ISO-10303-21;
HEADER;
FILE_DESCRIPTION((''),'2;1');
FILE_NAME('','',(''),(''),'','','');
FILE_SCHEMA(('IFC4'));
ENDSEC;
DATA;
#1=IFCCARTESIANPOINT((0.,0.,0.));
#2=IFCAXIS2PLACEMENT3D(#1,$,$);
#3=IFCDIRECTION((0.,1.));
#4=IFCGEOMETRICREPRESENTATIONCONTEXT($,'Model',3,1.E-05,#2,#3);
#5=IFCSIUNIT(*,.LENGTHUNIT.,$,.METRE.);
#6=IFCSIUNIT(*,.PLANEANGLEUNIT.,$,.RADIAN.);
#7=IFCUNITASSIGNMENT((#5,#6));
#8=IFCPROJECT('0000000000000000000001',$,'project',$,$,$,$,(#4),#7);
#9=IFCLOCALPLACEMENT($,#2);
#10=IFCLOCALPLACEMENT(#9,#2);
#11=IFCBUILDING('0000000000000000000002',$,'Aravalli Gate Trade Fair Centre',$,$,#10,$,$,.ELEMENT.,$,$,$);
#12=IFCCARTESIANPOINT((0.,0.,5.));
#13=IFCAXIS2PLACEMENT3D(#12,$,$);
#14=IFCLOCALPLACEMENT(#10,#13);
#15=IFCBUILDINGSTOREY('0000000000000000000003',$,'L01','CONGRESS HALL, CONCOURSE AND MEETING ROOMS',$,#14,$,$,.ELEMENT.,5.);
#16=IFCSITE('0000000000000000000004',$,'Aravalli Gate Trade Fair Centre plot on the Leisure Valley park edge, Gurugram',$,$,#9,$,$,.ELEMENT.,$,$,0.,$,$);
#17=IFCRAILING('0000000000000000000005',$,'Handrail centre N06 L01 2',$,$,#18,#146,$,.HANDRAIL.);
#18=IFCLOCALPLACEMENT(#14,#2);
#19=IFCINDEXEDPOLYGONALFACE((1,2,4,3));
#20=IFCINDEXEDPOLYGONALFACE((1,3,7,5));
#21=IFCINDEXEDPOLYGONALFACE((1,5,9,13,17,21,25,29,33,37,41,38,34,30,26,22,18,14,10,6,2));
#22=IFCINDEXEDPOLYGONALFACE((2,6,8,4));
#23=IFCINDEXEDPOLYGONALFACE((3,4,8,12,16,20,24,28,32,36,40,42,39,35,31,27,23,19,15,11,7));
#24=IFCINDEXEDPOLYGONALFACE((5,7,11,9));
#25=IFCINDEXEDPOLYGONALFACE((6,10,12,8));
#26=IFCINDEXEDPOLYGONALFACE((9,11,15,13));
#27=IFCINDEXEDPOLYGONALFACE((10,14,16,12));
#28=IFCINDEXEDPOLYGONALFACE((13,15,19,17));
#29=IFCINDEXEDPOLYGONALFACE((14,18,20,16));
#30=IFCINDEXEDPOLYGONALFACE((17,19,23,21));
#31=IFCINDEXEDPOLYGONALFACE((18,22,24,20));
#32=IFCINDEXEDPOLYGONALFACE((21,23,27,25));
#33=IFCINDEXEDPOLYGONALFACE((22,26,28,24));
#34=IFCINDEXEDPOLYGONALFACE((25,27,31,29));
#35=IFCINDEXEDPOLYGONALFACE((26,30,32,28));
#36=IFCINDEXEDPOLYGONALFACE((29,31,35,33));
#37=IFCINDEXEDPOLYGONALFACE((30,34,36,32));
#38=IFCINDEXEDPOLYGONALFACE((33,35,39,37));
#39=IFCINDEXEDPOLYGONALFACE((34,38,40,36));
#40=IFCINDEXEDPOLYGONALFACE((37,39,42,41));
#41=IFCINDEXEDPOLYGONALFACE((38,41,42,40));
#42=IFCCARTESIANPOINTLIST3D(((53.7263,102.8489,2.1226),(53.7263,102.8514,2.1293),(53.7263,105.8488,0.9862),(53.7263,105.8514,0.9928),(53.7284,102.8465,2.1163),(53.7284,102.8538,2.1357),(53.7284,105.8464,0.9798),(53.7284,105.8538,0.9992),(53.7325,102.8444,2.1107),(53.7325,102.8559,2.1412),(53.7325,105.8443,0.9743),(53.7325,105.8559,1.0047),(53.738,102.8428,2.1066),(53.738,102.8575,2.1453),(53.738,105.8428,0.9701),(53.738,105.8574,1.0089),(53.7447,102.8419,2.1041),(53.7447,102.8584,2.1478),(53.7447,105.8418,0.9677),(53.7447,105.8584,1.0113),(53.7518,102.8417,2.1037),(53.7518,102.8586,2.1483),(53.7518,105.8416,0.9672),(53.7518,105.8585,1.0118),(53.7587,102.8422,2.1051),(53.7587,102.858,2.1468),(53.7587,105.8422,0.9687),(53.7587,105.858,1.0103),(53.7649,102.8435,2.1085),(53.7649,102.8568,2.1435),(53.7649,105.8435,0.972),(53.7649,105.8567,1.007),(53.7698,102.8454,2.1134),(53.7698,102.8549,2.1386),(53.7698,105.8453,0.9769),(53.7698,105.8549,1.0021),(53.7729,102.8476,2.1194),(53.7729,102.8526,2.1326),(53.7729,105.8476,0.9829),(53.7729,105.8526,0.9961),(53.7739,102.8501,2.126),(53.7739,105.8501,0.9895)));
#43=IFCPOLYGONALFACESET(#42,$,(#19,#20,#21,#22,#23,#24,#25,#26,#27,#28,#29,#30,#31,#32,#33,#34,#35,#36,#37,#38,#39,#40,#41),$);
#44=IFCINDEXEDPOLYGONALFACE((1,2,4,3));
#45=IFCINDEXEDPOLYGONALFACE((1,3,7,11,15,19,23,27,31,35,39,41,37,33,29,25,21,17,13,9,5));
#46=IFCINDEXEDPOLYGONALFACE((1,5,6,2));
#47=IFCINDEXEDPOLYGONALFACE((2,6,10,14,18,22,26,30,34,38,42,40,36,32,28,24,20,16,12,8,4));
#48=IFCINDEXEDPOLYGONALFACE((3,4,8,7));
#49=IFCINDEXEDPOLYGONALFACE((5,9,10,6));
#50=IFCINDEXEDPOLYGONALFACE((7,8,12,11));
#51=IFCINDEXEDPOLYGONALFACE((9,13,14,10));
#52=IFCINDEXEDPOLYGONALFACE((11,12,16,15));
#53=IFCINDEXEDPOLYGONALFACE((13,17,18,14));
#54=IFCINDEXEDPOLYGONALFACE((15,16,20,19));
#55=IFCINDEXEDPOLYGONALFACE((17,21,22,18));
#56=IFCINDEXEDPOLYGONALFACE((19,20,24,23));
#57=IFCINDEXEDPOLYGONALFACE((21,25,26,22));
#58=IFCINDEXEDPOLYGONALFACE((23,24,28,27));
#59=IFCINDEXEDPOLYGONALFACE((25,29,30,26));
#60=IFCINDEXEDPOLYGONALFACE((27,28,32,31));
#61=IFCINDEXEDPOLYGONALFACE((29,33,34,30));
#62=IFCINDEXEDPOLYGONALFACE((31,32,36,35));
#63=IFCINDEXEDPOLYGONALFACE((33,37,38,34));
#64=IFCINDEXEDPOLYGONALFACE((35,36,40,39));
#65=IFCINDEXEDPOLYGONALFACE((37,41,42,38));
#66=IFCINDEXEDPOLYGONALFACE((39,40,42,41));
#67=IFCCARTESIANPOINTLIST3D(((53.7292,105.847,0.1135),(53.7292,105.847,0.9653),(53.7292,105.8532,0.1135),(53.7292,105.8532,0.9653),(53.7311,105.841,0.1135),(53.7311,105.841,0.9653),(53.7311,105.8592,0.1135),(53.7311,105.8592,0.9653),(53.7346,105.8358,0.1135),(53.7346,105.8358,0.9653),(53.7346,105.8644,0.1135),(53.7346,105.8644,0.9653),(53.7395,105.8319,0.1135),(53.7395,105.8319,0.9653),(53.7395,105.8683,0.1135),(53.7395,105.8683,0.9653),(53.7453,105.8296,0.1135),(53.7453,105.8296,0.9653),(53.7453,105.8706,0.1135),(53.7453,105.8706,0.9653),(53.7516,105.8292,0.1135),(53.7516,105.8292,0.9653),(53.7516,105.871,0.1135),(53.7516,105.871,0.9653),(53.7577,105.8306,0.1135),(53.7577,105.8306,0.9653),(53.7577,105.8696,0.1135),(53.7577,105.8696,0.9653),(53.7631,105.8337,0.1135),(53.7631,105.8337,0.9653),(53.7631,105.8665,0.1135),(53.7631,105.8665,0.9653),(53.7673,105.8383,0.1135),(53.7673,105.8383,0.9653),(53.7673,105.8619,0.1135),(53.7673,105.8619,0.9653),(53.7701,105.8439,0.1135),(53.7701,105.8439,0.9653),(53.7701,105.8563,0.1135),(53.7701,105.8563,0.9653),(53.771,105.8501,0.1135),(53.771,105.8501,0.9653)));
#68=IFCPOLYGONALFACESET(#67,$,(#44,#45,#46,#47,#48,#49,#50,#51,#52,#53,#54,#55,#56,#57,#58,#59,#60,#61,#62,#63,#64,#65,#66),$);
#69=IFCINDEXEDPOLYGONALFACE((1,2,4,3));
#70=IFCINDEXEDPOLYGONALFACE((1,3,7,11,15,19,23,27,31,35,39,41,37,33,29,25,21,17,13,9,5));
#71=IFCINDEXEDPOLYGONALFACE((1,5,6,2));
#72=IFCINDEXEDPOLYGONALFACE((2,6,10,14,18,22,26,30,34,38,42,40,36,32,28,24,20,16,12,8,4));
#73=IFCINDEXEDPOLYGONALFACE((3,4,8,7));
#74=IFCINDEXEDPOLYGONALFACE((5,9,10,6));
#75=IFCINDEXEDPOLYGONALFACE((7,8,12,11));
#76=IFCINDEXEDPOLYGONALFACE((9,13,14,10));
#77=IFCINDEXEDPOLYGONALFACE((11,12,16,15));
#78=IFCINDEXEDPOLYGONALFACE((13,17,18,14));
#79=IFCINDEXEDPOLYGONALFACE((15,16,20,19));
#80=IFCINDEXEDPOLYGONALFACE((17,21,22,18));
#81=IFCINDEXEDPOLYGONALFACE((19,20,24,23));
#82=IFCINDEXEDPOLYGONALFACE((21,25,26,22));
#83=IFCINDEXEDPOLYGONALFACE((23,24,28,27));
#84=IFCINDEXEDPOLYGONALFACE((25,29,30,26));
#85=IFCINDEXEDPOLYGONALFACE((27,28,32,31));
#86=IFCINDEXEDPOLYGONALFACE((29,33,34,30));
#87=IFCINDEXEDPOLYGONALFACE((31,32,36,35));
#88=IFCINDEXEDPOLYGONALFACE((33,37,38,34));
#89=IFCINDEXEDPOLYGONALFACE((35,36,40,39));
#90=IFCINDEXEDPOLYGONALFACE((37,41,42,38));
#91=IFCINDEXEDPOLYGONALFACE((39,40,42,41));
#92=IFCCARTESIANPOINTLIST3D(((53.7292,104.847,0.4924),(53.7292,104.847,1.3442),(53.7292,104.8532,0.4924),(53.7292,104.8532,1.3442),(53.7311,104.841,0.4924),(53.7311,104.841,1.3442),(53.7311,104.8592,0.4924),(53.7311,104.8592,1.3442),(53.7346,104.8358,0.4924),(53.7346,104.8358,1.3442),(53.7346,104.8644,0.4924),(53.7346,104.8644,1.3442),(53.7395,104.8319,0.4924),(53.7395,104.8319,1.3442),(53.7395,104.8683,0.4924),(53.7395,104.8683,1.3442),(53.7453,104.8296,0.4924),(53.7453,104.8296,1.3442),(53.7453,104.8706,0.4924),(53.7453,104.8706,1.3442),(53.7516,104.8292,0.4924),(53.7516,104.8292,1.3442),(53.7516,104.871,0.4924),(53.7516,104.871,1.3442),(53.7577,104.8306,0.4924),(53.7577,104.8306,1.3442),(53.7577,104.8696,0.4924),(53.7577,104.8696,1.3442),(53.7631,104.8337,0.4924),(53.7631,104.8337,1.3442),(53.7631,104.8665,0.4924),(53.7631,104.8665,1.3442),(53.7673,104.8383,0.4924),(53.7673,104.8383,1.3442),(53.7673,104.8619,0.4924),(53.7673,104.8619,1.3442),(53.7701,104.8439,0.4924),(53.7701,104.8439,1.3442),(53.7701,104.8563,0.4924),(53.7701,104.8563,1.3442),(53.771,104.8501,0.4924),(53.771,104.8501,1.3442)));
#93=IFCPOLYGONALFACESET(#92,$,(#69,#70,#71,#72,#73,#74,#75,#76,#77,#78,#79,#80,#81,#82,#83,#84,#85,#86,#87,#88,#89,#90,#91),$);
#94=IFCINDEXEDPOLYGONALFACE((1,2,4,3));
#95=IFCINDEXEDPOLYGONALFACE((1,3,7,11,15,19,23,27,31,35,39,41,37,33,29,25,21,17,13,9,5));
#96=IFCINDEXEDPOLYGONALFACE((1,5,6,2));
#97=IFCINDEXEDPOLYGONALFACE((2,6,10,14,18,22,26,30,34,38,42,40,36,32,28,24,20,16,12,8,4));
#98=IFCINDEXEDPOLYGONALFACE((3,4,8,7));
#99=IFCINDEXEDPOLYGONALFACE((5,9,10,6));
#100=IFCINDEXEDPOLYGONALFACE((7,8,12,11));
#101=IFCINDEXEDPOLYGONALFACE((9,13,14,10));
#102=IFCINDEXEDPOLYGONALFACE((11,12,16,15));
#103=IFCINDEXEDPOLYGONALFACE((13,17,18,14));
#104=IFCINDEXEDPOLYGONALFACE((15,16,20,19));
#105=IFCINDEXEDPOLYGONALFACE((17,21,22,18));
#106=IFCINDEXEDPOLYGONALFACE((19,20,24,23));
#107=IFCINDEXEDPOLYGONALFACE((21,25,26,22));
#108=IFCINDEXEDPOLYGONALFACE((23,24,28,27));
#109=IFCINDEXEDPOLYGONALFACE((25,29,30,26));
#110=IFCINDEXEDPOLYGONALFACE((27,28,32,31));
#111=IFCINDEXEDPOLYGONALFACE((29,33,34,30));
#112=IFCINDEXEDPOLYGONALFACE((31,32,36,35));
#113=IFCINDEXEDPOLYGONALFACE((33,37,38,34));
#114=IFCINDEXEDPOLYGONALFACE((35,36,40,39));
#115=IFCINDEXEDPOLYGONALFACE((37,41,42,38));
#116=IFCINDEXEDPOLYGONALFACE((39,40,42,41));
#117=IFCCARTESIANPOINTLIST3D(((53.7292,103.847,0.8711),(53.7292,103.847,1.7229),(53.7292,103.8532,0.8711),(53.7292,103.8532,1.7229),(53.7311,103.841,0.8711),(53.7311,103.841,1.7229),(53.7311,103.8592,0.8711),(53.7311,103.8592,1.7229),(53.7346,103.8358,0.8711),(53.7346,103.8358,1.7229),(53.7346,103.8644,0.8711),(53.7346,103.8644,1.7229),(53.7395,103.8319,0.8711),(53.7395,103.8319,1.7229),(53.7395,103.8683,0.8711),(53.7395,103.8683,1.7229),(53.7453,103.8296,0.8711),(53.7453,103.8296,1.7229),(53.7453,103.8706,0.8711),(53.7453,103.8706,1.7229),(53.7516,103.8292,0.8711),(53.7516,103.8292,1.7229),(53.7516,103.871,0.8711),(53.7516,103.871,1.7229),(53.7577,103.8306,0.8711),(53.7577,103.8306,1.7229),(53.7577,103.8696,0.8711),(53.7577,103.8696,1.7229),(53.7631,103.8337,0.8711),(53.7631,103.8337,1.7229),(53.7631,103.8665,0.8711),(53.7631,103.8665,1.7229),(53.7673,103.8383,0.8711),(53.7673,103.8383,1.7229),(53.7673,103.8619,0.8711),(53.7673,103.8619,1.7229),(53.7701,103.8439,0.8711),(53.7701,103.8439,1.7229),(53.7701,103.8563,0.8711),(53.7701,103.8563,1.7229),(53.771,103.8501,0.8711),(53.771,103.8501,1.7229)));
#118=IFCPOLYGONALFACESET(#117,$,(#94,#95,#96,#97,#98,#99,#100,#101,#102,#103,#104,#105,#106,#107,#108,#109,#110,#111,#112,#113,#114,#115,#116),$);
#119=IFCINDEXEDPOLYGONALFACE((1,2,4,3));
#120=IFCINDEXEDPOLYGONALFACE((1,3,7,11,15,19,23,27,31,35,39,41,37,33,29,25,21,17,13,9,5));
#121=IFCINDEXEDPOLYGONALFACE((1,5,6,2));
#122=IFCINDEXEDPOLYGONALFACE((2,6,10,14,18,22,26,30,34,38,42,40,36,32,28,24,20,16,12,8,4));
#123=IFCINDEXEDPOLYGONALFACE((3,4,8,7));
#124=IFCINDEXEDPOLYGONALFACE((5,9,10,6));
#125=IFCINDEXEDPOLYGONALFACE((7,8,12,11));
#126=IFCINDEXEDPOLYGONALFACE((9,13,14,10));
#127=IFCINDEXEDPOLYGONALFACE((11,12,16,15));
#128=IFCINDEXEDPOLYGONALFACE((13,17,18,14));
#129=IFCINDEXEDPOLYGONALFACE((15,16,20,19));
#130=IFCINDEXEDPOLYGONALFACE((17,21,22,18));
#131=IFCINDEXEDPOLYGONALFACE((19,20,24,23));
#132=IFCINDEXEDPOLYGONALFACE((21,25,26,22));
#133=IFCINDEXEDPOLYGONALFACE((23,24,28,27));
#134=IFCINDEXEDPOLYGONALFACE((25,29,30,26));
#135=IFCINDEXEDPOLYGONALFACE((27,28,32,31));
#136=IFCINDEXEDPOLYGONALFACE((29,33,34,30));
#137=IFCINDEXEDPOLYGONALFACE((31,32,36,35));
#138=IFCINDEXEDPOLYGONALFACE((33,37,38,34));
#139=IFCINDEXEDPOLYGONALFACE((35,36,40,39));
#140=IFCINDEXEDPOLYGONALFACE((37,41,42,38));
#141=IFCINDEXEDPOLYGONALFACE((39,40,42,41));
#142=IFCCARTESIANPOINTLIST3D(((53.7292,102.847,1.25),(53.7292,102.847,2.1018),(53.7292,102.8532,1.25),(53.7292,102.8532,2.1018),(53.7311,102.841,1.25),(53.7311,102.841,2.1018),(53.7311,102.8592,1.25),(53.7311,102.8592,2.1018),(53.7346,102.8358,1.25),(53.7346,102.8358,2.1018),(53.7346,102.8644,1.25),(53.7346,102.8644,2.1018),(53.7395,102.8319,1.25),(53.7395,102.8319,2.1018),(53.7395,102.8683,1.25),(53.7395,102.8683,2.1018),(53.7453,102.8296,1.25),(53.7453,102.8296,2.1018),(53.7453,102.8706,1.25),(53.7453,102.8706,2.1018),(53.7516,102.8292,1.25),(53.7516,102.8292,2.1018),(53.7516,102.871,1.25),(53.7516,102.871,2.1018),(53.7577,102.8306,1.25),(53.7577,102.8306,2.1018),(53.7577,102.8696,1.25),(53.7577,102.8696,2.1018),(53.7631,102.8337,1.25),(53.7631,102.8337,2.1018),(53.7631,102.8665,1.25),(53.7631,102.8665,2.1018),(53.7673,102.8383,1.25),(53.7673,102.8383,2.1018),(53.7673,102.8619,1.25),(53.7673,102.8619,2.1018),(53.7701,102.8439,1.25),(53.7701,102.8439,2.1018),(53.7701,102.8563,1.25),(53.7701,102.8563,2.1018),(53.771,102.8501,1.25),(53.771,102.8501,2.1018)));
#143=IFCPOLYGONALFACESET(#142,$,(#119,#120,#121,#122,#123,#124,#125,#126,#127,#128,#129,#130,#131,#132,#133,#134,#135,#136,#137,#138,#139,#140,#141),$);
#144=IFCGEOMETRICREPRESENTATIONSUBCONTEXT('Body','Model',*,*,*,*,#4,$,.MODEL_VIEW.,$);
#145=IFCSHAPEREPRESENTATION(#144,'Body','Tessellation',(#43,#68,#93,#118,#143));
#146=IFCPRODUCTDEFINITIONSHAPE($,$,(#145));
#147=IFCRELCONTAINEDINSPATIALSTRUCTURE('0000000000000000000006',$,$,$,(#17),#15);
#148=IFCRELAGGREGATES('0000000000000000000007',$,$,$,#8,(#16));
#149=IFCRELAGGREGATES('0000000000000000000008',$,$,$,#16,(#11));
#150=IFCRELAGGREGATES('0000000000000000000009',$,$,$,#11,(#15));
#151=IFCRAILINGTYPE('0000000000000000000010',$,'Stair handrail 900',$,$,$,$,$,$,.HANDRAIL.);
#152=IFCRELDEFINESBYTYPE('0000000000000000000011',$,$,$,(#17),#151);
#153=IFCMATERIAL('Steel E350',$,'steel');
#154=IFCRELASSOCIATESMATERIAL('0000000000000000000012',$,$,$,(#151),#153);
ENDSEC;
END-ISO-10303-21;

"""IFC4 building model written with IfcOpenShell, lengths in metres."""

from ifc_helpers import new_model, si_unit, direction, frame, origin, origin_2d, place, context, subcontext, project, spatial, circle, extrude, material, type_object, element, save


model = new_model("IFC4")

# Units and contexts
model_context = context("Model", 3, precision=1e-05, world=origin(), true_north=direction((0.0, 1.0)))
body_context = subcontext(model_context, "Body", "Model", "MODEL_VIEW")
ifc_project = project(units=[si_unit("LENGTHUNIT", "METRE"), si_unit("PLANEANGLEUNIT", "RADIAN")], contexts=[model_context])

# Site, building, storey
site_placement = place(None, origin())
site = spatial("IfcSite", under=ifc_project, at=site_placement, Name="Aravalli Gate Trade Fair Centre plot on the Leisure Valley park edge, Gurugram", CompositionType="ELEMENT", RefElevation=0.0)
building_placement = place(site_placement, origin())
building = spatial("IfcBuilding", under=site, at=building_placement, Name="Aravalli Gate Trade Fair Centre", CompositionType="ELEMENT")
storey_placement = place(building_placement, frame((0.0, 0.0, 5.0)))
storey = spatial("IfcBuildingStorey", under=building, at=storey_placement, Name="L01", Description="CONGRESS HALL, CONCOURSE AND MEETING ROOMS", CompositionType="ELEMENT", Elevation=5.0)

# Shared definitions
ifc_material_1 = material(Name="Steel E350", Category="steel")

# Railing
railing_type = type_object("IfcRailingType", Name="Stair handrail 900", PredefinedType="HANDRAIL", material=ifc_material_1)
for number, where, name in (
    (1, (53.75, 105.8501, 0.1135), "Handrail centre N06 L01 2"),
):
    element("IfcRailing", number, at=place(storey_placement, frame(where)), inside=storey, type_object=railing_type, Name=name, PredefinedType="HANDRAIL", context=body_context, shape_type="SweptSolid", body=[
        extrude(circle(Radius=0.0239, at=origin_2d()), frame((0.0, 0.0, 0.876), z_axis=(0.0, -0.935148, 0.354257), x_axis=(1.0, 0.0, 0.0)), (0.0, 0.0, 1.0), 3.208),
        extrude(circle(Radius=0.021, at=origin_2d()), origin(), (0.0, 0.0, 1.0), 0.8518),
        extrude(circle(Radius=0.021, at=origin_2d()), frame((0.0, -1.0, 0.3789)), (0.0, 0.0, 1.0), 0.8518),
        extrude(circle(Radius=0.021, at=origin_2d()), frame((0.0, -2.0, 0.7576)), (0.0, 0.0, 1.0), 0.8518),
        extrude(circle(Radius=0.021, at=origin_2d()), frame((0.0, -3.0, 1.1365)), (0.0, 0.0, 1.0), 0.8518),
    ])

save(model, "model.ifc")
